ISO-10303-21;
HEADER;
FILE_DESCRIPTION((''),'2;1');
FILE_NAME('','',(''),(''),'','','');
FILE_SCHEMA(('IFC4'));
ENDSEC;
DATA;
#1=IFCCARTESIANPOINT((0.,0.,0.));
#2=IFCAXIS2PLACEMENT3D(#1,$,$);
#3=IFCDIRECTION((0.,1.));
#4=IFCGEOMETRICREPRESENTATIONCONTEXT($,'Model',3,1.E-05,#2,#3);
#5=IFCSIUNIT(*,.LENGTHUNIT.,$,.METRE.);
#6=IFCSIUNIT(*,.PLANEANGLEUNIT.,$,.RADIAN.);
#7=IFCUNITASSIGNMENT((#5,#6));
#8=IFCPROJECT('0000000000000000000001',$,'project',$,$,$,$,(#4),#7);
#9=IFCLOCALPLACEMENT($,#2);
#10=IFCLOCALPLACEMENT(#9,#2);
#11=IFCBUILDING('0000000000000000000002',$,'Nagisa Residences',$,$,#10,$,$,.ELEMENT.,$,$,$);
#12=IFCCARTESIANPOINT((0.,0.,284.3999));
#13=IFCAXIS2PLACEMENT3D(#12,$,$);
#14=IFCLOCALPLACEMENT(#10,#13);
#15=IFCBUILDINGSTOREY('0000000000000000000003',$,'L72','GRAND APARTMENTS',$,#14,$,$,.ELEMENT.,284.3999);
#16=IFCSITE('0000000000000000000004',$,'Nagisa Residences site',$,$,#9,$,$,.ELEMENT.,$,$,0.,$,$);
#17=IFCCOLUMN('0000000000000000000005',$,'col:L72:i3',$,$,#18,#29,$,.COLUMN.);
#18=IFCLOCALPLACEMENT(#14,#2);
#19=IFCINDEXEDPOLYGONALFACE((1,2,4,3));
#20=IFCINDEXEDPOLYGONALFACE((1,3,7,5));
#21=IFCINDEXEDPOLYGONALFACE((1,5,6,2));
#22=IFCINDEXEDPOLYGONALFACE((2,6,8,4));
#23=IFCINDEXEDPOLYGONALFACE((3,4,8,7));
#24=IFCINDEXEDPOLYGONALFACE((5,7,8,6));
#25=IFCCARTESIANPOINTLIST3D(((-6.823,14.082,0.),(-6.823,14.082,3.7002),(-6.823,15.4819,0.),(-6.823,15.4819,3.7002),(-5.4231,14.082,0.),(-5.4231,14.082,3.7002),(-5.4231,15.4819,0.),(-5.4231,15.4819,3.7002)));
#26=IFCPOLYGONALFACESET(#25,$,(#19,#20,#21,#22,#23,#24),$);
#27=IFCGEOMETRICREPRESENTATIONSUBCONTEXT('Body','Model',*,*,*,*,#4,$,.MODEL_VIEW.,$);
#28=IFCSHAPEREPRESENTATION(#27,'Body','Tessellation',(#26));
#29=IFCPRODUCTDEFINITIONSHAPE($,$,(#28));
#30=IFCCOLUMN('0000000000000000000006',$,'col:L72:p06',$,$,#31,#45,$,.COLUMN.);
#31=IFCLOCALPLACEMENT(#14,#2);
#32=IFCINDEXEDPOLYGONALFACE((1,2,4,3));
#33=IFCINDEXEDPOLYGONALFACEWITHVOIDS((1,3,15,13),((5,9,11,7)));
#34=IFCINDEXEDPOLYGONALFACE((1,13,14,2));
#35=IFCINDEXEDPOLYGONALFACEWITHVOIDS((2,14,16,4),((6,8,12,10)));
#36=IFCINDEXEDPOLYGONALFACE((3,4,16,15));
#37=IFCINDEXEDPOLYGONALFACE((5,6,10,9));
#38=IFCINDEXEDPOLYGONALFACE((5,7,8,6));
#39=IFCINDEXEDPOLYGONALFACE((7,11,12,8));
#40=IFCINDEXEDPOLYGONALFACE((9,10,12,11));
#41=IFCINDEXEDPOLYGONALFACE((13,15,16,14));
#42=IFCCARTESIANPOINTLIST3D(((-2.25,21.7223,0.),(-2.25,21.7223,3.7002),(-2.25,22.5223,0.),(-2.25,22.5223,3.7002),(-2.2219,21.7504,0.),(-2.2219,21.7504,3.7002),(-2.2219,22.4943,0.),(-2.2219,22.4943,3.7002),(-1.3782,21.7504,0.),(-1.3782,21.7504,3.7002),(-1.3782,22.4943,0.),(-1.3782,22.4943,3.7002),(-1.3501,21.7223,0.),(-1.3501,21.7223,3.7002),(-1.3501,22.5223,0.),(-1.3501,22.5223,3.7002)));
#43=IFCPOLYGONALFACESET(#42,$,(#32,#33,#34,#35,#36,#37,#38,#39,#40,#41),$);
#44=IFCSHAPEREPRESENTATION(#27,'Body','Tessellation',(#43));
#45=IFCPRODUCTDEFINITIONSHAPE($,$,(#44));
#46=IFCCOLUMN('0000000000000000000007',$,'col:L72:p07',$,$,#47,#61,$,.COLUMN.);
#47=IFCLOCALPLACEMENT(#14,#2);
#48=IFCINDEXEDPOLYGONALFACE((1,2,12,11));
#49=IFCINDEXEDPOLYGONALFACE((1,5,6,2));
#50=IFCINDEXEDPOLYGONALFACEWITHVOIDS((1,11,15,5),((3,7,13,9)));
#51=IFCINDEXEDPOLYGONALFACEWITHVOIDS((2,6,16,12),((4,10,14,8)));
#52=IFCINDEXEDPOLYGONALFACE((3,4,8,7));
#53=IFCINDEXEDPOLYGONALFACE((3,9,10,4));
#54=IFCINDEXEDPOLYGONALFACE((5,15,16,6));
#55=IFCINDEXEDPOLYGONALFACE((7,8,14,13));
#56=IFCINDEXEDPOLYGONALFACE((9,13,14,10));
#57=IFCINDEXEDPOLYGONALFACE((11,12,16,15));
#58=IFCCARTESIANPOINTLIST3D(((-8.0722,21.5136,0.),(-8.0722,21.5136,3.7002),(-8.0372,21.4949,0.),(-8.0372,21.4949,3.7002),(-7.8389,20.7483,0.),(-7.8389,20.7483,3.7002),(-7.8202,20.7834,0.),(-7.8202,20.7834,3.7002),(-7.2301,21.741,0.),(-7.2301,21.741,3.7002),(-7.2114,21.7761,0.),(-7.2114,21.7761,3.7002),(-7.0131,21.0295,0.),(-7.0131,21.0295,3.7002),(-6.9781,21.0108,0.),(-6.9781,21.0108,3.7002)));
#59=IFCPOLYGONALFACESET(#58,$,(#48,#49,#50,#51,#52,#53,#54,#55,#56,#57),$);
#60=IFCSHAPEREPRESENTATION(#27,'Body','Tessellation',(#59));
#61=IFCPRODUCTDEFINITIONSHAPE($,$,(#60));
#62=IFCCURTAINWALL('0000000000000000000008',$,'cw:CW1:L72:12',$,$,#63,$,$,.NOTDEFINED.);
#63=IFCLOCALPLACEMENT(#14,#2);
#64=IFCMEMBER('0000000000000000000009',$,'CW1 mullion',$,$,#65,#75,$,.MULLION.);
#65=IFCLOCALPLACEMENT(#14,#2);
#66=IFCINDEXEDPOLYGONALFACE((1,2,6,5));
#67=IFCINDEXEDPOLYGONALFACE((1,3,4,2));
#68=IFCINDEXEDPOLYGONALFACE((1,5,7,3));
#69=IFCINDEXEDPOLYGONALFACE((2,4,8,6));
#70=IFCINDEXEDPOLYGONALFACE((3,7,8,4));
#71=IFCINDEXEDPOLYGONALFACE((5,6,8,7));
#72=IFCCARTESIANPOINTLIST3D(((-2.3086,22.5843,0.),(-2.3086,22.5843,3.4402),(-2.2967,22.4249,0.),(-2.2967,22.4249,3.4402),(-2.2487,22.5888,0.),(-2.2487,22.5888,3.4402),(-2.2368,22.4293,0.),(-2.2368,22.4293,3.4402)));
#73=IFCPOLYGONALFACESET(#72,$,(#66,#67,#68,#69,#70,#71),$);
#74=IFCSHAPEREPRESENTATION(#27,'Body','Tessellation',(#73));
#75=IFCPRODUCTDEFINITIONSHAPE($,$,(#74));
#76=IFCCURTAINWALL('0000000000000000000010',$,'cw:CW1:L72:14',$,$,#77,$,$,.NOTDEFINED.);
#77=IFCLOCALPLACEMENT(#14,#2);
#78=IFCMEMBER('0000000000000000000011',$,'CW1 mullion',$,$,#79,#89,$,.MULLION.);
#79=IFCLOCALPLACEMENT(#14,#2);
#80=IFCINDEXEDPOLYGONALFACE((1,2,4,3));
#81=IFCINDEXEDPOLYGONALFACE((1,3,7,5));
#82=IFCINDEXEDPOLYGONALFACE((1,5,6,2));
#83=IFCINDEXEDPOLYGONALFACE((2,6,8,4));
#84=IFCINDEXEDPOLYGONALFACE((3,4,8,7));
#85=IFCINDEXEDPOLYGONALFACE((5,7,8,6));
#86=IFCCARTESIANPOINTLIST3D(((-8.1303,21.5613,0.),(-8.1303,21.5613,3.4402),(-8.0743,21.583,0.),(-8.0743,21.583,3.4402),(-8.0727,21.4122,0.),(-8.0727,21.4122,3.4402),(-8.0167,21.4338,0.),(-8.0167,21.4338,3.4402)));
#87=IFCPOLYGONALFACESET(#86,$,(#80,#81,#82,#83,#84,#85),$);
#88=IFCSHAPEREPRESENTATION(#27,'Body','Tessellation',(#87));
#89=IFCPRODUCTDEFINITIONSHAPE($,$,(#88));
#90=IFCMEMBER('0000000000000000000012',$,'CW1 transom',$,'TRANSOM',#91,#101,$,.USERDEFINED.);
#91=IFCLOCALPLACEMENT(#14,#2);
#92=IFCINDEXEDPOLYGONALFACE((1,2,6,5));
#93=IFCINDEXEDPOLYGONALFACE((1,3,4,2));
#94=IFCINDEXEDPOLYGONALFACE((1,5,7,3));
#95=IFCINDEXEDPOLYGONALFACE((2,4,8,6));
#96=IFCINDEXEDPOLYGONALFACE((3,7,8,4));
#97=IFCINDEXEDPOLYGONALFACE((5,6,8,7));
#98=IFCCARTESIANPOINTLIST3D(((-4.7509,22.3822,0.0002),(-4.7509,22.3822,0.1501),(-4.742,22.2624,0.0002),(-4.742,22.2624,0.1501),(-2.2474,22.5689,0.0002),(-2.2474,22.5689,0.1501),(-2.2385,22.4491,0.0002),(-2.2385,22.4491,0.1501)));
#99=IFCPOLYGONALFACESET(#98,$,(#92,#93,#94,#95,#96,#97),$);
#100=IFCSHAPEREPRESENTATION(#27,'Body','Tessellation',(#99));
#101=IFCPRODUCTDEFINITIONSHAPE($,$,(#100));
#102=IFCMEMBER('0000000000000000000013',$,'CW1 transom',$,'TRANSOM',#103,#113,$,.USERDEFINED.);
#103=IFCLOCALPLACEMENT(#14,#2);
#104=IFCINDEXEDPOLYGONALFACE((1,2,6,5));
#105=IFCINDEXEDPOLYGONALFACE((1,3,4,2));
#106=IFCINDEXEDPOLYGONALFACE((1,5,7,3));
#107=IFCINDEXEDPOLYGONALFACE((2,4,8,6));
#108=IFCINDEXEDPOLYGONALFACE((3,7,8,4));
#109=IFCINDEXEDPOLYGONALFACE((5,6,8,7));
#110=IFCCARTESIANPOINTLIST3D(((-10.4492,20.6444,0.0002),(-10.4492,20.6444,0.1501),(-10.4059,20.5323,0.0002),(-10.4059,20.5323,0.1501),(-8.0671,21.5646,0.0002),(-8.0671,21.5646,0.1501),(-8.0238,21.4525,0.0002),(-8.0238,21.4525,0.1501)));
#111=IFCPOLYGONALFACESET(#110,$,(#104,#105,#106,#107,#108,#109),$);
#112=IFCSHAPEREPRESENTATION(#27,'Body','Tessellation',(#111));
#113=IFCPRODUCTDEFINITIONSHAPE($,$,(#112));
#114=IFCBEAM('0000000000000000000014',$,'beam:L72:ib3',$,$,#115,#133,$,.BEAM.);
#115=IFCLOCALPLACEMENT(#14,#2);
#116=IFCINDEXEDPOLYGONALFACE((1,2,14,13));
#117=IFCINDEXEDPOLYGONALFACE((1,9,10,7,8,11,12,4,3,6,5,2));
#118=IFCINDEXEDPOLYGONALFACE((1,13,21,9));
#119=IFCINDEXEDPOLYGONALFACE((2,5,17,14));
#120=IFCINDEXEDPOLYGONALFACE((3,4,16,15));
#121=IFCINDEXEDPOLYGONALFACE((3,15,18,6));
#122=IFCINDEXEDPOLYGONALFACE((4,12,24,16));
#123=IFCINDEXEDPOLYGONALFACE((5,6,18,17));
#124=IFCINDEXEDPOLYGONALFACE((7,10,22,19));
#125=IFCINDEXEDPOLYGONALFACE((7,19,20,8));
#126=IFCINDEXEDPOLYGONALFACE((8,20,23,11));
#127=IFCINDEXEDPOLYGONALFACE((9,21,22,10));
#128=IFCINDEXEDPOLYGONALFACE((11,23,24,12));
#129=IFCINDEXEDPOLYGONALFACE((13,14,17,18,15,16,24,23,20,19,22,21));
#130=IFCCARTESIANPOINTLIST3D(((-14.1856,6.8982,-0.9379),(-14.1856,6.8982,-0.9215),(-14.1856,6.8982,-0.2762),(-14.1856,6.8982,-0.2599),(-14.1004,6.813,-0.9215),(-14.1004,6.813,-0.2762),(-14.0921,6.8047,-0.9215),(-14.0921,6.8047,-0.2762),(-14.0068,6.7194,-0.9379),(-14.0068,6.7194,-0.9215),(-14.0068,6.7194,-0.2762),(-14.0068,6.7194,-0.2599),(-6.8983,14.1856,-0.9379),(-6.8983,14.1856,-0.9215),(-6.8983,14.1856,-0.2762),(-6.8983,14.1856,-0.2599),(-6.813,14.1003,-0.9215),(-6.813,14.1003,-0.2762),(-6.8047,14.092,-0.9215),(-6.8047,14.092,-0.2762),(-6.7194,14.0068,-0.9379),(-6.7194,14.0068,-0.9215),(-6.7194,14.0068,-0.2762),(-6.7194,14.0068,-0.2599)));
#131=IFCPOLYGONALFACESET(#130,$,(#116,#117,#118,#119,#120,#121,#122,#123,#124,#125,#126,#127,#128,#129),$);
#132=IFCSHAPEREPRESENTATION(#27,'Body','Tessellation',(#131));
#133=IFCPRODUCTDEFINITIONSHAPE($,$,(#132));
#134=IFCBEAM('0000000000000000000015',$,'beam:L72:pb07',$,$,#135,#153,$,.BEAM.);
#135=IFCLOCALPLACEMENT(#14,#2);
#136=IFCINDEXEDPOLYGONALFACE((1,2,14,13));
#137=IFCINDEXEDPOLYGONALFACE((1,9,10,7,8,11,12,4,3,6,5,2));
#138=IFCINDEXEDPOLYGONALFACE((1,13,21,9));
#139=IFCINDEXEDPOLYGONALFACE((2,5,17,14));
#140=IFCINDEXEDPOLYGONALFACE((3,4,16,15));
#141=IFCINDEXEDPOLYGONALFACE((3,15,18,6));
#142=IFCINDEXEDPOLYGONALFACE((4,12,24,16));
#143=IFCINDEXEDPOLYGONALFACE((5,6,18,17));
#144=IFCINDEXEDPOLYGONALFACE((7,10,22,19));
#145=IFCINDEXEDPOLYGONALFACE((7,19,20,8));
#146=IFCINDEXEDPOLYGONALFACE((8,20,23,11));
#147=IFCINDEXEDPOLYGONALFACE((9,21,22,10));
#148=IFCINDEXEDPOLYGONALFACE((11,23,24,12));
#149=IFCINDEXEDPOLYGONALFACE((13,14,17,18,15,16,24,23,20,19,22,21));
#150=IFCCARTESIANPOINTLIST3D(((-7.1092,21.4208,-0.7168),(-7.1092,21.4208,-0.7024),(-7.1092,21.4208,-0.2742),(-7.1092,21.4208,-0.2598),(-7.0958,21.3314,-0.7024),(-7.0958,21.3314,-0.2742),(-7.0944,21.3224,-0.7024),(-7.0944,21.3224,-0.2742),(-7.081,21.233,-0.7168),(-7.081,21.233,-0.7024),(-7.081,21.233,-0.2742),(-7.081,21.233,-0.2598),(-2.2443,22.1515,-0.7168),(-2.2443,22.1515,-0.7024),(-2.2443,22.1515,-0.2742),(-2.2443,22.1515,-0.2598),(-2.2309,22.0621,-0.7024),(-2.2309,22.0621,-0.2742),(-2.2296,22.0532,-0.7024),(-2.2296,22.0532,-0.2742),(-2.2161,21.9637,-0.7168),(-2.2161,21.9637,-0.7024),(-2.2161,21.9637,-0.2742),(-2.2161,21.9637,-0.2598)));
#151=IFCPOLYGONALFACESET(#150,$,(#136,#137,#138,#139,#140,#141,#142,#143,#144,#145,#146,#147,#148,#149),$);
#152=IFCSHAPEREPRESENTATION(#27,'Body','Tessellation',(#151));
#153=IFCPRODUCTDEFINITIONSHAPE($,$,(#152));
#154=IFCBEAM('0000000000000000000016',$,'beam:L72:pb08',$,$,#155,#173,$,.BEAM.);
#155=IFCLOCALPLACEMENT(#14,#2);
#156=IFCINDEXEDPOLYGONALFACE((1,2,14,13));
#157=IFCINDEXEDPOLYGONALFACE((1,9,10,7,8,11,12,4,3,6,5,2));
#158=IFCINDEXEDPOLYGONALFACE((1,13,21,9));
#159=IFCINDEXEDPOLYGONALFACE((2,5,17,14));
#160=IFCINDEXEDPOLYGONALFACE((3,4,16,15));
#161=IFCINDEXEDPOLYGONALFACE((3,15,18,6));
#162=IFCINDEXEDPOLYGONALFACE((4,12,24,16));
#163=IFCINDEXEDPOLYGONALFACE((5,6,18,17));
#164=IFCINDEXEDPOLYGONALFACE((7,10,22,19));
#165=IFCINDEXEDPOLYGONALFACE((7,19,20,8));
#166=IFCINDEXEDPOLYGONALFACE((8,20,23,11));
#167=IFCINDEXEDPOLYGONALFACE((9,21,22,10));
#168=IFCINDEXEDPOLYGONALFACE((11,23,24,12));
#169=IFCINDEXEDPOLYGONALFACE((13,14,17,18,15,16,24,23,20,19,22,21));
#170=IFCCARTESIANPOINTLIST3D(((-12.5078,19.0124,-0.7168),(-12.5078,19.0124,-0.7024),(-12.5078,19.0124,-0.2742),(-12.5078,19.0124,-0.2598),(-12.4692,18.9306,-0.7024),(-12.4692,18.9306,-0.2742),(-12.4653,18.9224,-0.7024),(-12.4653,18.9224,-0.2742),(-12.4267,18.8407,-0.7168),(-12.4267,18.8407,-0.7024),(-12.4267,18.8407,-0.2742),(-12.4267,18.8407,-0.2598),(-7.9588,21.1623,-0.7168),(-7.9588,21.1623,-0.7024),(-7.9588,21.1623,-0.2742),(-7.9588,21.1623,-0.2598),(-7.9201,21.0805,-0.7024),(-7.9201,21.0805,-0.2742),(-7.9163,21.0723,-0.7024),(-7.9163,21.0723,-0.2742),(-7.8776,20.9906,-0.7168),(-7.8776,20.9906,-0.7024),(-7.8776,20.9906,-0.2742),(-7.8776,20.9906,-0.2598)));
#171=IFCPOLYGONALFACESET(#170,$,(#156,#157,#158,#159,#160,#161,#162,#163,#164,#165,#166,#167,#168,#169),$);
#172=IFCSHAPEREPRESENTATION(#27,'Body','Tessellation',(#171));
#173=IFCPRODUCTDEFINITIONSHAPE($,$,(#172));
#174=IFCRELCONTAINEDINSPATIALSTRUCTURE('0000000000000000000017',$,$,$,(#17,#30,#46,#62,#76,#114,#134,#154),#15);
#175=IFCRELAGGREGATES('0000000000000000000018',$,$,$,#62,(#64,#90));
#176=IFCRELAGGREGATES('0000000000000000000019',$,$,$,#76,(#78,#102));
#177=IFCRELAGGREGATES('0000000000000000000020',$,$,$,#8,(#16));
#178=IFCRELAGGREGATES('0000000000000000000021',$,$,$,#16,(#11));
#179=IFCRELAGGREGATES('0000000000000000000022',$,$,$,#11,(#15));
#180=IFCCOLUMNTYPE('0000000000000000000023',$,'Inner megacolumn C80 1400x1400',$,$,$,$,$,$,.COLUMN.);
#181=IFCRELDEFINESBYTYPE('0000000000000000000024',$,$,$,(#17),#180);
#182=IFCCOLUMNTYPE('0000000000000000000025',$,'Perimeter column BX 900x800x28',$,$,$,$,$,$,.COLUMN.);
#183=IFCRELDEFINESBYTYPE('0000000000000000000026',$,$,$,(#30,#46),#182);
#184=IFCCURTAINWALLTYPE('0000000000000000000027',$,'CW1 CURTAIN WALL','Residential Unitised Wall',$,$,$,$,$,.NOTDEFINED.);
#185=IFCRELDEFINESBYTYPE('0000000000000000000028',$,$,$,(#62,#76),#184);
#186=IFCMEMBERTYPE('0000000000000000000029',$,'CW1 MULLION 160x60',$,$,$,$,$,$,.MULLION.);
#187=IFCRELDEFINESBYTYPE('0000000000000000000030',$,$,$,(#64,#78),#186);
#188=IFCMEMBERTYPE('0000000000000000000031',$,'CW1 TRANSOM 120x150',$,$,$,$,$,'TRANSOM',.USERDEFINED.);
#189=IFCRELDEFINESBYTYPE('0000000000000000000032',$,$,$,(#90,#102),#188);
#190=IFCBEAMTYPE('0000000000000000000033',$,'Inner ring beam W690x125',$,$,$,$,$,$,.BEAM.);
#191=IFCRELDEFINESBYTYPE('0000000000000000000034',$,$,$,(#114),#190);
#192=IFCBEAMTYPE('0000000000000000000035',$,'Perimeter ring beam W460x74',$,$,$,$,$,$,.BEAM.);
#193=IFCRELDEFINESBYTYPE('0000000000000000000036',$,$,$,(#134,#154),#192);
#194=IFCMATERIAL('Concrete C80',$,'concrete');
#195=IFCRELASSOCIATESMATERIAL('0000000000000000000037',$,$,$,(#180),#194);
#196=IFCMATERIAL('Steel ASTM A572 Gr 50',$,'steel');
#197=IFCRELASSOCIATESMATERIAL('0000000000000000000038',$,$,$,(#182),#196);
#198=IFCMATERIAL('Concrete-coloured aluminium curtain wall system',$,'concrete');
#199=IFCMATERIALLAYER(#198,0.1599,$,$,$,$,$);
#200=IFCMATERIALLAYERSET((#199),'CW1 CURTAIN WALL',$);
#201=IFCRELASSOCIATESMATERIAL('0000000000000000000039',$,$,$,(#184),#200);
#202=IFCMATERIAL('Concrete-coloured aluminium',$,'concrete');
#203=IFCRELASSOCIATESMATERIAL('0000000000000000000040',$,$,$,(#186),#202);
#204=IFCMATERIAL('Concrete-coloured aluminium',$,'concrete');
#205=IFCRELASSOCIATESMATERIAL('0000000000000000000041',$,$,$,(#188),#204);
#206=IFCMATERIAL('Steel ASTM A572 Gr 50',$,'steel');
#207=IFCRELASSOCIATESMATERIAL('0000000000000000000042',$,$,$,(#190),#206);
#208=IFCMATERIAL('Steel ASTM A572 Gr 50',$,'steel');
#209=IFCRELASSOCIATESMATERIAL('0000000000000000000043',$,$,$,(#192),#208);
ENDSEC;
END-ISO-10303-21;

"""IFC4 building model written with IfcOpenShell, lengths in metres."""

from ifc_helpers import new_model, si_unit, direction, frame, origin, origin_2d, place, context, subcontext, project, spatial, rectangle, hollow_rectangle, i_section, extrude, material, layer, layer_set, material_profile, profile_set, type_object, element, aggregate, save


model = new_model("IFC4")

# Units and contexts
model_context = context("Model", 3, precision=1e-05, world=origin(), true_north=direction((0.0, 1.0)))
body_context = subcontext(model_context, "Body", "Model", "MODEL_VIEW")
ifc_project = project(units=[si_unit("LENGTHUNIT", "METRE"), si_unit("PLANEANGLEUNIT", "RADIAN")], contexts=[model_context])

# Site, building, storey
site_placement = place(None, origin())
site = spatial("IfcSite", under=ifc_project, at=site_placement, Name="Nagisa Residences site", CompositionType="ELEMENT", RefElevation=0.0)
building_placement = place(site_placement, origin())
building = spatial("IfcBuilding", under=site, at=building_placement, Name="Nagisa Residences", CompositionType="ELEMENT")
storey_placement = place(building_placement, frame((0.0, 0.0, 284.3999)))
storey = spatial("IfcBuildingStorey", under=building, at=storey_placement, Name="L72", Description="GRAND APARTMENTS", CompositionType="ELEMENT", Elevation=284.3999)

# Columns
ifc_material_1 = material(Name="Concrete C80", Category="concrete")
ifc_material_profile_1 = material_profile(ifc_material_1, rectangle(XDim=1.3999, YDim=1.3999, at=origin_2d()), Name="C80 1400x1400")
ifc_profile_set_1 = profile_set([ifc_material_profile_1], Name="Concrete C80")
column_type_1 = type_object("IfcColumnType", Name="Inner megacolumn C80 1400x1400", PredefinedType="COLUMN", material=ifc_profile_set_1)
column_placement = place(storey_placement, frame((-6.123, 14.782, 0.0), z_axis=(0.0, 0.0, 1.0), x_axis=(1.0, 0.0, 0.0)))
element("IfcColumn", 1, at=column_placement, inside=storey, type_object=column_type_1, Name="col:L72:i3", PredefinedType="COLUMN", context=body_context, shape_type="SweptSolid", body=[
    extrude(rectangle(XDim=1.3999, YDim=1.3999, at=origin_2d()), origin(), (0.0, 0.0, 1.0), 3.7002),
])
ifc_material_2 = material(Name="Steel ASTM A572 Gr 50", Category="steel")
ifc_material_profile_2 = material_profile(ifc_material_2, hollow_rectangle(XDim=0.8999, YDim=0.8, WallThickness=0.0281, at=origin_2d()), Name="BX 900x800x28")
ifc_profile_set_2 = profile_set([ifc_material_profile_2], Name="Steel ASTM A572 Gr 50")
column_type_2 = type_object("IfcColumnType", Name="Perimeter column BX 900x800x28", PredefinedType="COLUMN", material=ifc_profile_set_2)
for number, where, z_axis, x_axis, name in (
    (2, (-1.8, 22.1223, 0.0), (0.0, 0.0, 1.0), (-1.0, 0.0, 0.0), "col:L72:p06"),
    (3, (-7.5251, 21.2622, 0.0), (0.0, 0.0, 1.0), (-0.956525, -0.291652, 0.0), "col:L72:p07"),
):
    element("IfcColumn", number, at=place(storey_placement, frame(where, z_axis=z_axis, x_axis=x_axis)), inside=storey, type_object=column_type_2, Name=name, PredefinedType="COLUMN", context=body_context, shape_type="SweptSolid", body=[
        extrude(hollow_rectangle(XDim=0.8999, YDim=0.8, WallThickness=0.0281, at=origin_2d()), origin(), (0.0, 0.0, 1.0), 3.7002),
    ])

# Curtain walls, members
ifc_material_3 = material(Name="Concrete-coloured aluminium curtain wall system", Category="concrete")
ifc_layer_1 = layer(ifc_material_3, 0.1599)
ifc_layer_set_1 = layer_set([ifc_layer_1], Name="CW1 CURTAIN WALL")
curtain_wall_type = type_object("IfcCurtainWallType", Name="CW1 CURTAIN WALL", Description="Residential Unitised Wall", PredefinedType="NOTDEFINED", material=ifc_layer_set_1)
curtain_wall_1_placement = place(storey_placement, origin())
curtain_wall_1 = element("IfcCurtainWall", 4, at=curtain_wall_1_placement, inside=storey, type_object=curtain_wall_type, Name="cw:CW1:L72:12", PredefinedType="NOTDEFINED")
ifc_material_4 = material(Name="Concrete-coloured aluminium", Category="concrete")
ifc_material_profile_3 = material_profile(ifc_material_4, rectangle(XDim=0.1599, YDim=0.0601, at=origin_2d()), Name="CW1 MULLION 160x60")
ifc_profile_set_3 = profile_set([ifc_material_profile_3], Name="Concrete-coloured aluminium")
member_type_1 = type_object("IfcMemberType", Name="CW1 MULLION 160x60", PredefinedType="MULLION", material=ifc_profile_set_3)
member_1_placement = place(storey_placement, frame((-2.2727, 22.5068, 0.0), z_axis=(0.0, 0.0, 1.0), x_axis=(0.074377, -0.99723, 0.0)))
member_1 = element("IfcMember", 5, at=member_1_placement, type_object=member_type_1, Name="CW1 mullion", PredefinedType="MULLION", context=body_context, shape_type="SweptSolid", body=[
    extrude(rectangle(XDim=0.1599, YDim=0.0601, at=origin_2d()), origin(), (0.0, 0.0, 1.0), 3.4402),
])
curtain_wall_2_placement = place(storey_placement, origin())
curtain_wall_2 = element("IfcCurtainWall", 6, at=curtain_wall_2_placement, inside=storey, type_object=curtain_wall_type, Name="cw:CW1:L72:14", PredefinedType="NOTDEFINED")
member_2_placement = place(storey_placement, frame((-8.0735, 21.4976, 0.0), z_axis=(0.0, 0.0, 1.0), x_axis=(0.360328, -0.932826, 0.0)))
member_2 = element("IfcMember", 7, at=member_2_placement, type_object=member_type_1, Name="CW1 mullion", PredefinedType="MULLION", context=body_context, shape_type="SweptSolid", body=[
    extrude(rectangle(XDim=0.1599, YDim=0.0601, at=origin_2d()), origin(), (0.0, 0.0, 1.0), 3.4402),
])

# Members
ifc_material_5 = material(Name="Concrete-coloured aluminium", Category="concrete")
ifc_material_profile_4 = material_profile(ifc_material_5, rectangle(XDim=0.1201, YDim=0.1499, at=origin_2d()), Name="CW1 TRANSOM 120x150")
ifc_profile_set_4 = profile_set([ifc_material_profile_4], Name="Concrete-coloured aluminium")
member_type_2 = type_object("IfcMemberType", Name="CW1 TRANSOM 120x150", ElementType="TRANSOM", PredefinedType="USERDEFINED", material=ifc_profile_set_4)
member_3_placement = place(storey_placement, frame((-2.2429, 22.509, 0.0752), z_axis=(-0.997229, -0.074391, 0.0), x_axis=(0.074391, -0.997229, 0.0)))
member_3 = element("IfcMember", 8, at=member_3_placement, type_object=member_type_2, Name="CW1 transom", ObjectType="TRANSOM", PredefinedType="USERDEFINED", context=body_context, shape_type="SweptSolid", body=[
    extrude(rectangle(XDim=0.1201, YDim=0.1499, at=origin_2d()), origin(), (0.0, 0.0, 1.0), 2.5105),
])
member_4_placement = place(storey_placement, frame((-8.0454, 21.5085, 0.0752), z_axis=(-0.932822, -0.360337, 0.0), x_axis=(0.360337, -0.932822, 0.0)))
member_4 = element("IfcMember", 9, at=member_4_placement, type_object=member_type_2, Name="CW1 transom", ObjectType="TRANSOM", PredefinedType="USERDEFINED", context=body_context, shape_type="SweptSolid", body=[
    extrude(rectangle(XDim=0.1201, YDim=0.1499, at=origin_2d()), origin(), (0.0, 0.0, 1.0), 2.5537),
])

# Beams
ifc_material_6 = material(Name="Steel ASTM A572 Gr 50", Category="steel")
ifc_material_profile_5 = material_profile(ifc_material_6, i_section(OverallWidth=0.2529, OverallDepth=0.678, WebThickness=0.0117, FlangeThickness=0.0164, at=origin_2d()), Name="W690x125")
ifc_profile_set_5 = profile_set([ifc_material_profile_5], Name="Steel ASTM A572 Gr 50")
beam_type_1 = type_object("IfcBeamType", Name="Inner ring beam W690x125", PredefinedType="BEAM", material=ifc_profile_set_5)
beam_1_placement = place(storey_placement, frame((-6.8088, 14.0962, -0.5989), z_axis=(-0.707107, -0.707107, 0.0), x_axis=(0.707107, -0.707107, 0.0)))
element("IfcBeam", 10, at=beam_1_placement, inside=storey, type_object=beam_type_1, Name="beam:L72:ib3", PredefinedType="BEAM", context=body_context, shape_type="SweptSolid", body=[
    extrude(i_section(OverallWidth=0.2529, OverallDepth=0.678, WebThickness=0.0117, FlangeThickness=0.0164, at=origin_2d()), origin(), (0.0, 0.0, 1.0), 10.3059),
])
ifc_material_7 = material(Name="Steel ASTM A572 Gr 50", Category="steel")
ifc_material_profile_6 = material_profile(ifc_material_7, i_section(OverallWidth=0.1899, OverallDepth=0.457, WebThickness=0.009, FlangeThickness=0.0144, at=origin_2d()), Name="W460x74")
ifc_profile_set_6 = profile_set([ifc_material_profile_6], Name="Steel ASTM A572 Gr 50")
beam_type_2 = type_object("IfcBeamType", Name="Perimeter ring beam W460x74", PredefinedType="BEAM", material=ifc_profile_set_6)
beam_2_placement = place(storey_placement, frame((-2.2302, 22.0576, -0.4883), z_axis=(-0.988906, -0.148539, 0.0), x_axis=(0.148539, -0.988906, 0.0)))
element("IfcBeam", 11, at=beam_2_placement, inside=storey, type_object=beam_type_2, Name="beam:L72:pb07", PredefinedType="BEAM", context=body_context, shape_type="SweptSolid", body=[
    extrude(i_section(OverallWidth=0.1899, OverallDepth=0.457, WebThickness=0.009, FlangeThickness=0.0144, at=origin_2d()), origin(), (0.0, 0.0, 1.0), 4.9194),
])
beam_3_placement = place(storey_placement, frame((-7.9182, 21.0764, -0.4883), z_axis=(-0.904116, -0.427287, 0.0), x_axis=(0.427287, -0.904116, 0.0)))
element("IfcBeam", 12, at=beam_3_placement, inside=storey, type_object=beam_type_2, Name="beam:L72:pb08", PredefinedType="BEAM", context=body_context, shape_type="SweptSolid", body=[
    extrude(i_section(OverallWidth=0.1899, OverallDepth=0.457, WebThickness=0.009, FlangeThickness=0.0144, at=origin_2d()), origin(), (0.0, 0.0, 1.0), 5.0315),
])

aggregate(curtain_wall_1, [member_1, member_3])
aggregate(curtain_wall_2, [member_2, member_4])

save(model, "model.ifc")
